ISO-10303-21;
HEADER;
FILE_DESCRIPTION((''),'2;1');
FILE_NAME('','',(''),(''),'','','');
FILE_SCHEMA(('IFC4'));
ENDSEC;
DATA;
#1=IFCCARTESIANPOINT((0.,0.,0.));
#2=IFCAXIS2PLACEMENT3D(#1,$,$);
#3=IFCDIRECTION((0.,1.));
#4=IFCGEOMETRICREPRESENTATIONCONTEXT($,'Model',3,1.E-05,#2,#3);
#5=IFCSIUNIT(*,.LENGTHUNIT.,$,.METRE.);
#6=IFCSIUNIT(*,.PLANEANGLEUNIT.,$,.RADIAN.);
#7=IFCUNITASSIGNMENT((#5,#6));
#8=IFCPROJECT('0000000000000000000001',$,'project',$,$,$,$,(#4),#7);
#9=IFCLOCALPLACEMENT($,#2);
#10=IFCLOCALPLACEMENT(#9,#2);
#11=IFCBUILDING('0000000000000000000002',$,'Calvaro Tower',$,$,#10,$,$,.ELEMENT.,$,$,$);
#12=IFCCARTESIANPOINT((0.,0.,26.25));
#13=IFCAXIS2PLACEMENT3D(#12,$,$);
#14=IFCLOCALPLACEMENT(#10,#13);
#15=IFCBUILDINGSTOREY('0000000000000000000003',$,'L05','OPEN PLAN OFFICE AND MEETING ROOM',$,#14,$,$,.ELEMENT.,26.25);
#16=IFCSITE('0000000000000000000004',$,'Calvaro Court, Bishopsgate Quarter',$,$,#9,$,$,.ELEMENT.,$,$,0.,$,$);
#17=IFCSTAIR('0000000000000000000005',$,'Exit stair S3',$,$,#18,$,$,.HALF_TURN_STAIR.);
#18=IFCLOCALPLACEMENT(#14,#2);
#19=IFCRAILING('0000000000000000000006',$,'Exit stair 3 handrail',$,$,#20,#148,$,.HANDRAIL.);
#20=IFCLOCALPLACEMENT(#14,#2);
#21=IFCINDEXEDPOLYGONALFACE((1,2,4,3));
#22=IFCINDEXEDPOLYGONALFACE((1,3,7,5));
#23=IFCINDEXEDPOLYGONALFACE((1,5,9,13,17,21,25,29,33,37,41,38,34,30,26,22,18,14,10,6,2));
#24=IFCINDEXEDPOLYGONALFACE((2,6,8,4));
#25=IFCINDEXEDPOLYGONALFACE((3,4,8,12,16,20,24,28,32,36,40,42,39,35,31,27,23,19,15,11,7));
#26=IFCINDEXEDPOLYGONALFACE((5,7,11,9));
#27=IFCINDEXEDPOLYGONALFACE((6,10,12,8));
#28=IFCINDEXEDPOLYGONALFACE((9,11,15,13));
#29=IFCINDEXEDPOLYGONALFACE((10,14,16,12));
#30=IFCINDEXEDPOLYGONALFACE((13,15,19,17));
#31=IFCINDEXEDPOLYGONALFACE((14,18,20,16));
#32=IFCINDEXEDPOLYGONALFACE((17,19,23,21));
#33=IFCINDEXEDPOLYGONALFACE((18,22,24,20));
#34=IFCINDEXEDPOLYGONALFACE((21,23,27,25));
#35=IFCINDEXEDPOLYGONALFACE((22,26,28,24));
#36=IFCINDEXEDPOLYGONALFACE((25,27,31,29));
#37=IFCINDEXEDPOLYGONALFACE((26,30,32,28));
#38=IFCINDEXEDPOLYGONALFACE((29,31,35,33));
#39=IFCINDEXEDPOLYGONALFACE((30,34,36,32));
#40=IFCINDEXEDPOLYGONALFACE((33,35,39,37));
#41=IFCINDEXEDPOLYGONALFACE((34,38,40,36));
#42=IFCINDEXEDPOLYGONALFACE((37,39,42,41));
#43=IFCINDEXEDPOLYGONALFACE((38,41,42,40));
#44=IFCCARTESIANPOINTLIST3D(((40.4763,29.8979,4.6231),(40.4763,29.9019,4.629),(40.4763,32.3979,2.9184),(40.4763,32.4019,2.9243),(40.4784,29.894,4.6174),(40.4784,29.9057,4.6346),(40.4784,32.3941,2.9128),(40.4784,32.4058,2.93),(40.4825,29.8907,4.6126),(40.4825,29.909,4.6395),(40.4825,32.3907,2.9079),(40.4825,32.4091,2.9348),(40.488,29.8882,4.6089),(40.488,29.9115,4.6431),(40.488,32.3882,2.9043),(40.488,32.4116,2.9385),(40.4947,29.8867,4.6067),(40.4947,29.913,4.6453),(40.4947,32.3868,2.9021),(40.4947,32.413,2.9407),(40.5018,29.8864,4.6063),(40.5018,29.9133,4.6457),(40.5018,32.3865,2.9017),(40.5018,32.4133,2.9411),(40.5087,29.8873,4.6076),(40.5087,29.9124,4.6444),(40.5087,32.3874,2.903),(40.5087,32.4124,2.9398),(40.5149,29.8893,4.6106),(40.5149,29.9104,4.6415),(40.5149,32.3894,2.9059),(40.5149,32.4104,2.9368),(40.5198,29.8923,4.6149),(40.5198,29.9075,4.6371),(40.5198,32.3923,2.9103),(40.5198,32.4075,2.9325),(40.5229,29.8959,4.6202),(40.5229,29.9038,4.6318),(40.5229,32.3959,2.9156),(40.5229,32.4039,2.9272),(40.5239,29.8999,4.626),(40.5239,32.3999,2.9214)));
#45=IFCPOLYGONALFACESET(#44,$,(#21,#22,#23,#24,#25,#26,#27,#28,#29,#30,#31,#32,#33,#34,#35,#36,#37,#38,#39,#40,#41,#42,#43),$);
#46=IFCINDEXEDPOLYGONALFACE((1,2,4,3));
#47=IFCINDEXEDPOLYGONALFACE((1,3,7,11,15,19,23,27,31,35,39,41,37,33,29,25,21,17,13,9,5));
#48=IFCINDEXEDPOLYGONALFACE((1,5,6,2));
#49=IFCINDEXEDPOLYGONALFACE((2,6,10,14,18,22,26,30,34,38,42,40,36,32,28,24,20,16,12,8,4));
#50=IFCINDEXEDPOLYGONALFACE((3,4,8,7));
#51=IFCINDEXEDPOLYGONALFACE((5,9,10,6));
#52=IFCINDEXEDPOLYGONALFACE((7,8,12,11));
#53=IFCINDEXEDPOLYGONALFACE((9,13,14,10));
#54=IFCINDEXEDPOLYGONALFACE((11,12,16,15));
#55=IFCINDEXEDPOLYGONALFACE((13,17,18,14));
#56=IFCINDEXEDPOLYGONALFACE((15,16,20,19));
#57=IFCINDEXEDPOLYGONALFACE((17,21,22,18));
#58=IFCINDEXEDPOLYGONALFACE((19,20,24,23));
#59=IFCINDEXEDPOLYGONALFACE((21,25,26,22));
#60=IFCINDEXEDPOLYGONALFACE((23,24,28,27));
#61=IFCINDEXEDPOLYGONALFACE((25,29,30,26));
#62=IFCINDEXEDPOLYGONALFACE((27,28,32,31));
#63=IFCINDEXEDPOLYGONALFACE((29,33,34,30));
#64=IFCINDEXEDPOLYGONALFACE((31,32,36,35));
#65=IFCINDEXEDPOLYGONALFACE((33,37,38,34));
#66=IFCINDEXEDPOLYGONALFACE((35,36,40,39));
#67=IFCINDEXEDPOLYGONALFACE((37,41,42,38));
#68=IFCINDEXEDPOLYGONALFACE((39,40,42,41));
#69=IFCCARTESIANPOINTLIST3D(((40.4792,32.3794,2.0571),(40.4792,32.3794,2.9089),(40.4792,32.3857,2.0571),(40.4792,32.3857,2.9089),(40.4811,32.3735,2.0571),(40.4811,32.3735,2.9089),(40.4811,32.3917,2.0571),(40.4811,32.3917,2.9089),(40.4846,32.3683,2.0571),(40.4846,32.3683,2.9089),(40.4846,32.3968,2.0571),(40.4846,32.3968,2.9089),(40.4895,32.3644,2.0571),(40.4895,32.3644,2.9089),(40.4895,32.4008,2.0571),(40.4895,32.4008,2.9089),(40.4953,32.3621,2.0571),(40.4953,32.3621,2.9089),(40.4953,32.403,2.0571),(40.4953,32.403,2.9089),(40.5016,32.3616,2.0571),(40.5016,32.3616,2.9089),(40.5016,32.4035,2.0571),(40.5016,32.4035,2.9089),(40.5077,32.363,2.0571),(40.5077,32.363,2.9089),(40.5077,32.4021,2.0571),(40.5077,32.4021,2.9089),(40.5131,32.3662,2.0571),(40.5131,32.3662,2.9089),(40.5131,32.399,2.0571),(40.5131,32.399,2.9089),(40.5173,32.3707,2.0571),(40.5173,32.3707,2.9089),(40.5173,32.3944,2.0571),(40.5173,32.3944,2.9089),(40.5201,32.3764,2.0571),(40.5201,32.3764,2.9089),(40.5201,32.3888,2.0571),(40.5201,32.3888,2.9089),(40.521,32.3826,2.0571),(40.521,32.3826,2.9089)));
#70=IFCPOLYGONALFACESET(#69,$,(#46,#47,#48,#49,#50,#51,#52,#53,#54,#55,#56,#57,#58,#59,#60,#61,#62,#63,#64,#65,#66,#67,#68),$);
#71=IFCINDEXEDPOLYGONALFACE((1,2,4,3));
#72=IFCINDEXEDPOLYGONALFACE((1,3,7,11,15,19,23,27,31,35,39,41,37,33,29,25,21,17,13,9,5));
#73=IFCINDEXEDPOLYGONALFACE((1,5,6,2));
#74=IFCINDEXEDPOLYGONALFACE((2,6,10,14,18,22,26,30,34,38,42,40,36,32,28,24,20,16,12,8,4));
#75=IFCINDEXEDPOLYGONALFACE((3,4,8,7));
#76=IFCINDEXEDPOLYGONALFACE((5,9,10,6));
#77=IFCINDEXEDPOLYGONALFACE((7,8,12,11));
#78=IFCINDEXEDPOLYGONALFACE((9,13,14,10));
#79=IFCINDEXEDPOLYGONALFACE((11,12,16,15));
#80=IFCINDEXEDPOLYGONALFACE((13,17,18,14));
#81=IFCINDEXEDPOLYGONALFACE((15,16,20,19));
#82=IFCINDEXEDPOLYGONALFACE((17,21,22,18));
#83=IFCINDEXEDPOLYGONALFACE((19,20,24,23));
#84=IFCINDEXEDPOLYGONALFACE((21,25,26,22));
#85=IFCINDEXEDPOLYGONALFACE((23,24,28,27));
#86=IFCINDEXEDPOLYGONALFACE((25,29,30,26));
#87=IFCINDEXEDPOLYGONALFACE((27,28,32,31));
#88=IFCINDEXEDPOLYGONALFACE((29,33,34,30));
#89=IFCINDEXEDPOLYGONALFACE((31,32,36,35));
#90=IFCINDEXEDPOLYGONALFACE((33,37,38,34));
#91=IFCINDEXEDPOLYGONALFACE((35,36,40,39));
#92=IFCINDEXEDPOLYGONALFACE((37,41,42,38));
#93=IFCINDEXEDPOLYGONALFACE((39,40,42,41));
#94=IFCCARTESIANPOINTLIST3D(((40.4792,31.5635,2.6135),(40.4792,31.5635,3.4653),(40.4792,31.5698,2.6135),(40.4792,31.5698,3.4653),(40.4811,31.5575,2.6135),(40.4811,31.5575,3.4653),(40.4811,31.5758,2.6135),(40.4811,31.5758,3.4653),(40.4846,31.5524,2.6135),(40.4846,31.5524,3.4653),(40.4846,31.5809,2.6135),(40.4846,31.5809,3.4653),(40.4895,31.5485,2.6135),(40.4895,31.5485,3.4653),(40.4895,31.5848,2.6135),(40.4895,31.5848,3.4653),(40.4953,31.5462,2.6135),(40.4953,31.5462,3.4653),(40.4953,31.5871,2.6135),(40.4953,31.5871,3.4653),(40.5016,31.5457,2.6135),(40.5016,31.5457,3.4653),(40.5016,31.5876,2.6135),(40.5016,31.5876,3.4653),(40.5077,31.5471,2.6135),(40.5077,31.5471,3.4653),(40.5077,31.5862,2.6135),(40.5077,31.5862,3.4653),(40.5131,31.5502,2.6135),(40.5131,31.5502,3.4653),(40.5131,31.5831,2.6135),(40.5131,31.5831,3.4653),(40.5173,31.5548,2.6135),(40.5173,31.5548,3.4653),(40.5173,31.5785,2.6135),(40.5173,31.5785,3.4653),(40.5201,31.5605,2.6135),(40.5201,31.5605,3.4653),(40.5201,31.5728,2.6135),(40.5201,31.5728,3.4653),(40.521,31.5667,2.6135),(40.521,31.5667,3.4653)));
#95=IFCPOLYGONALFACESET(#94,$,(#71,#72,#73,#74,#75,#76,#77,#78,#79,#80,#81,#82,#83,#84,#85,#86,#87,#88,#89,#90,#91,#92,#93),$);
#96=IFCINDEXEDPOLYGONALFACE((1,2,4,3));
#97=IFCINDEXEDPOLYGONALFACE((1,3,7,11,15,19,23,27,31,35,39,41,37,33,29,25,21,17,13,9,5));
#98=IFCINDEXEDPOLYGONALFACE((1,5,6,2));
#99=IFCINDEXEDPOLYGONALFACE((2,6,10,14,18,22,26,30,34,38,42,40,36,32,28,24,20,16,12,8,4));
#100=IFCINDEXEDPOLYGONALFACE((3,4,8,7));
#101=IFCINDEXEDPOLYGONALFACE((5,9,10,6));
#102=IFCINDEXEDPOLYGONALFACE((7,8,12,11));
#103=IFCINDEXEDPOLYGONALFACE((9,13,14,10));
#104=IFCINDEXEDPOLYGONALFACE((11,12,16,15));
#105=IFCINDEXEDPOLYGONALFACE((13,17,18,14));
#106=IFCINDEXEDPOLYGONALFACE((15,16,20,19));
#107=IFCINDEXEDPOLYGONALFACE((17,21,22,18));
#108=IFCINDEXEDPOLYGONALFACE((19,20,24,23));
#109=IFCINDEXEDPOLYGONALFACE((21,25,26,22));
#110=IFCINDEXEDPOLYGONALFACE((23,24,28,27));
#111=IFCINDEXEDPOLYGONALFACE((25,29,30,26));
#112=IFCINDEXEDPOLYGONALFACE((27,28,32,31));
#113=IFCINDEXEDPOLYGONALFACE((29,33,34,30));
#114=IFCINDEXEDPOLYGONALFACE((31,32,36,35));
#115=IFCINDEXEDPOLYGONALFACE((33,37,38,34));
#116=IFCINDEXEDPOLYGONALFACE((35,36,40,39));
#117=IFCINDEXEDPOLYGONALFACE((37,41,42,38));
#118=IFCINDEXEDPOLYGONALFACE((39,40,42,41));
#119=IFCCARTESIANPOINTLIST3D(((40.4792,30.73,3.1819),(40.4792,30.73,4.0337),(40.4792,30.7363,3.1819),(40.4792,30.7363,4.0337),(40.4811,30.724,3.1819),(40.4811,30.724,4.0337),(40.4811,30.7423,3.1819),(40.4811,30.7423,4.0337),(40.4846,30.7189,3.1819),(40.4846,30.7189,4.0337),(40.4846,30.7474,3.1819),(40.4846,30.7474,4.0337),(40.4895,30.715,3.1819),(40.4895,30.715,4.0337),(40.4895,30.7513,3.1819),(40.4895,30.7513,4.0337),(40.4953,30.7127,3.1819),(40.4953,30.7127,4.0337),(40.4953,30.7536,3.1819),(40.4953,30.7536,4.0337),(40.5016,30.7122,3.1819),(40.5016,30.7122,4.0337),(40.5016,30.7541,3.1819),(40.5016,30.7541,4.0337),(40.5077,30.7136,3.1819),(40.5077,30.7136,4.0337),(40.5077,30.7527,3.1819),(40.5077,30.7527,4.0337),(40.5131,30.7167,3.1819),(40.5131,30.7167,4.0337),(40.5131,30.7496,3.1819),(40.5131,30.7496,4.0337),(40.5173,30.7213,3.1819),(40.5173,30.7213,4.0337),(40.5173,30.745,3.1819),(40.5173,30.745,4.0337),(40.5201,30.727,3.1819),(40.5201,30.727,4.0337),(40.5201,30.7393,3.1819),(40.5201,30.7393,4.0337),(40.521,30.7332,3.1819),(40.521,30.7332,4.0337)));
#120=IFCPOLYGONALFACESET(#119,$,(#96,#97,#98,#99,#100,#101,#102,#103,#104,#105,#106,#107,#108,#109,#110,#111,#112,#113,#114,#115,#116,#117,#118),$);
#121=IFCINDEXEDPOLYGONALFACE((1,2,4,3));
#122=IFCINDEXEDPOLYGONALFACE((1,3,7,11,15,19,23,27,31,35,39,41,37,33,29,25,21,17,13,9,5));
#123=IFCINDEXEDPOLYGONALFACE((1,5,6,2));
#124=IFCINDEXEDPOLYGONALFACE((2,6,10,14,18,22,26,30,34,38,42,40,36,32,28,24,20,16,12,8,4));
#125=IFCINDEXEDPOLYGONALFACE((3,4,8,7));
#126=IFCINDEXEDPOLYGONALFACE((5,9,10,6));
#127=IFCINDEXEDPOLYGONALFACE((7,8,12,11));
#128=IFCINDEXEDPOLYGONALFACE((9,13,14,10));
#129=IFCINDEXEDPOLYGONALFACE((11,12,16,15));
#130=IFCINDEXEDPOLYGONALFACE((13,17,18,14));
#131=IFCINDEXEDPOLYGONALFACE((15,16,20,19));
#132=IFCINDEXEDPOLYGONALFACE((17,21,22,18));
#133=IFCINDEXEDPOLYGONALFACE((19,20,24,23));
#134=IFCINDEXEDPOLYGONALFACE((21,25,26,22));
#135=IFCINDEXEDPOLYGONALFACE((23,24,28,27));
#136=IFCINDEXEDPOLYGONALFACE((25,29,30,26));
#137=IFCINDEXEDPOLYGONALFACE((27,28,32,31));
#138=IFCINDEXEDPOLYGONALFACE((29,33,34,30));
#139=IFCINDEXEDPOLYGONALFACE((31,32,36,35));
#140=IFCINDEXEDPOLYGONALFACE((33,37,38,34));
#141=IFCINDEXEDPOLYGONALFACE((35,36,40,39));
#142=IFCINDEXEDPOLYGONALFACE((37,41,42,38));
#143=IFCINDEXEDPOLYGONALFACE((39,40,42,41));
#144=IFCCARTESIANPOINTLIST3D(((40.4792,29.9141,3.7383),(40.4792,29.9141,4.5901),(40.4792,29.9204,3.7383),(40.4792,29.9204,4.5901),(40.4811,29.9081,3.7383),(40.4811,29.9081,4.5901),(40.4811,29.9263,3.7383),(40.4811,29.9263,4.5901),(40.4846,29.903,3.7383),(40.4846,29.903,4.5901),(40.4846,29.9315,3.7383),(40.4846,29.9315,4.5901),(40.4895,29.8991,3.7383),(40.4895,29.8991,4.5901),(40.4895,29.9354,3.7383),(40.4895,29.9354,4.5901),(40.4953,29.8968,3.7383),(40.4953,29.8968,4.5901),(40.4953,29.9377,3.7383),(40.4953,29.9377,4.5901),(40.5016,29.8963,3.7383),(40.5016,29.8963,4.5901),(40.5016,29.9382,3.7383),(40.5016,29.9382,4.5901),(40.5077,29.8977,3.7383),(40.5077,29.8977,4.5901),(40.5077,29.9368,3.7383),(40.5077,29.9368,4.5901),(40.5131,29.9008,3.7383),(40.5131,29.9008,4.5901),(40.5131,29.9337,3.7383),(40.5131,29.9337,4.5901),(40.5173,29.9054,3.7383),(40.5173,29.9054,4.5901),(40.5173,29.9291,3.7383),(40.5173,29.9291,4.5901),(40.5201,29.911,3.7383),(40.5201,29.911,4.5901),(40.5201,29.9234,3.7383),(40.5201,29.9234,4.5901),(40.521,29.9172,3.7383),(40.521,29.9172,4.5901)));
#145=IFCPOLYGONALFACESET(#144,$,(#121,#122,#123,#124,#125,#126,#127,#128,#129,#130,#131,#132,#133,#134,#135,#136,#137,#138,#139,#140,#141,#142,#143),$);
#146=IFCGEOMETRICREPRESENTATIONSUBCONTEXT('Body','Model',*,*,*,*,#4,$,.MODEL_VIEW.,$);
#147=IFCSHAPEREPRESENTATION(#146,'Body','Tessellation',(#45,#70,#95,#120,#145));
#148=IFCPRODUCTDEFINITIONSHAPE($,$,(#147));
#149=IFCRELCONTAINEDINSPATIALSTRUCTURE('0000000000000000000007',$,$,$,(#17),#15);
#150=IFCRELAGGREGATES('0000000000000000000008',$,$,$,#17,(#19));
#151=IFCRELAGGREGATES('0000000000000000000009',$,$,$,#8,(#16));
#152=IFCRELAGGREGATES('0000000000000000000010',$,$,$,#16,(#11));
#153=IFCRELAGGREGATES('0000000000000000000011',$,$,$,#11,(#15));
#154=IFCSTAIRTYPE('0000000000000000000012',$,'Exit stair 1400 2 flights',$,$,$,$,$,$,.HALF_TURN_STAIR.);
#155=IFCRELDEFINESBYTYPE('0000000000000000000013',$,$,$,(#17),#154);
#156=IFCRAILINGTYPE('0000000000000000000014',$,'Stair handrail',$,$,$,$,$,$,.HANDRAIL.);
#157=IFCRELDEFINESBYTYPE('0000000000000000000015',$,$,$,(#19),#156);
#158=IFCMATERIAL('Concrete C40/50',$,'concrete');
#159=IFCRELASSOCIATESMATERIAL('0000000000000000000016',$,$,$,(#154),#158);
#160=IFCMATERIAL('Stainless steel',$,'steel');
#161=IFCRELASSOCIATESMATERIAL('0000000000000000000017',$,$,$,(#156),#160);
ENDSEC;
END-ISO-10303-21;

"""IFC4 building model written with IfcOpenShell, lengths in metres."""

from ifc_helpers import new_model, si_unit, direction, frame, origin, origin_2d, place, context, subcontext, project, spatial, circle, extrude, material, type_object, element, aggregate, save


model = new_model("IFC4")

# Units and contexts
model_context = context("Model", 3, precision=1e-05, world=origin(), true_north=direction((0.0, 1.0)))
body_context = subcontext(model_context, "Body", "Model", "MODEL_VIEW")
ifc_project = project(units=[si_unit("LENGTHUNIT", "METRE"), si_unit("PLANEANGLEUNIT", "RADIAN")], contexts=[model_context])

# Site, building, storey
site_placement = place(None, origin())
site = spatial("IfcSite", under=ifc_project, at=site_placement, Name="Calvaro Court, Bishopsgate Quarter", CompositionType="ELEMENT", RefElevation=0.0)
building_placement = place(site_placement, origin())
building = spatial("IfcBuilding", under=site, at=building_placement, Name="Calvaro Tower", CompositionType="ELEMENT")
storey_placement = place(building_placement, frame((0.0, 0.0, 26.25)))
storey = spatial("IfcBuildingStorey", under=building, at=storey_placement, Name="L05", Description="OPEN PLAN OFFICE AND MEETING ROOM", CompositionType="ELEMENT", Elevation=26.25)

# Stair
ifc_material_1 = material(Name="Concrete C40/50", Category="concrete")
stair_type = type_object("IfcStairType", Name="Exit stair 1400 2 flights", PredefinedType="HALF_TURN_STAIR", material=ifc_material_1)
stair_1_placement = place(storey_placement, origin())
stair_1 = element("IfcStair", 1, at=stair_1_placement, inside=storey, type_object=stair_type, Name="Exit stair S3", PredefinedType="HALF_TURN_STAIR")

# Railing
ifc_material_2 = material(Name="Stainless steel", Category="steel")
railing_type = type_object("IfcRailingType", Name="Stair handrail", PredefinedType="HANDRAIL", material=ifc_material_2)
railing_1_placement = place(storey_placement, frame((40.5, 32.3999, 2.0454)))
railing_1 = element("IfcRailing", 2, at=railing_1_placement, type_object=railing_type, Name="Exit stair 3 handrail", PredefinedType="HANDRAIL", context=body_context, shape_type="SweptSolid", body=[
    extrude(circle(Radius=0.0239, at=origin_2d()), frame((0.0, 0.0, 0.876), z_axis=(0.0, -0.826221, 0.563347), x_axis=(1.0, 0.0, 0.0)), (0.0, 0.0, 1.0), 3.0259),
    extrude(circle(Radius=0.021, at=origin_2d()), frame((0.0, -0.0173, 0.0117)), (0.0, 0.0, 1.0), 0.8518),
    extrude(circle(Radius=0.021, at=origin_2d()), frame((0.0, -0.8333, 0.5681)), (0.0, 0.0, 1.0), 0.8518),
    extrude(circle(Radius=0.021, at=origin_2d()), frame((0.0, -1.6667, 1.1365)), (0.0, 0.0, 1.0), 0.8518),
    extrude(circle(Radius=0.021, at=origin_2d()), frame((0.0, -2.4827, 1.6929)), (0.0, 0.0, 1.0), 0.8518),
])
aggregate(stair_1, [railing_1])

save(model, "model.ifc")
